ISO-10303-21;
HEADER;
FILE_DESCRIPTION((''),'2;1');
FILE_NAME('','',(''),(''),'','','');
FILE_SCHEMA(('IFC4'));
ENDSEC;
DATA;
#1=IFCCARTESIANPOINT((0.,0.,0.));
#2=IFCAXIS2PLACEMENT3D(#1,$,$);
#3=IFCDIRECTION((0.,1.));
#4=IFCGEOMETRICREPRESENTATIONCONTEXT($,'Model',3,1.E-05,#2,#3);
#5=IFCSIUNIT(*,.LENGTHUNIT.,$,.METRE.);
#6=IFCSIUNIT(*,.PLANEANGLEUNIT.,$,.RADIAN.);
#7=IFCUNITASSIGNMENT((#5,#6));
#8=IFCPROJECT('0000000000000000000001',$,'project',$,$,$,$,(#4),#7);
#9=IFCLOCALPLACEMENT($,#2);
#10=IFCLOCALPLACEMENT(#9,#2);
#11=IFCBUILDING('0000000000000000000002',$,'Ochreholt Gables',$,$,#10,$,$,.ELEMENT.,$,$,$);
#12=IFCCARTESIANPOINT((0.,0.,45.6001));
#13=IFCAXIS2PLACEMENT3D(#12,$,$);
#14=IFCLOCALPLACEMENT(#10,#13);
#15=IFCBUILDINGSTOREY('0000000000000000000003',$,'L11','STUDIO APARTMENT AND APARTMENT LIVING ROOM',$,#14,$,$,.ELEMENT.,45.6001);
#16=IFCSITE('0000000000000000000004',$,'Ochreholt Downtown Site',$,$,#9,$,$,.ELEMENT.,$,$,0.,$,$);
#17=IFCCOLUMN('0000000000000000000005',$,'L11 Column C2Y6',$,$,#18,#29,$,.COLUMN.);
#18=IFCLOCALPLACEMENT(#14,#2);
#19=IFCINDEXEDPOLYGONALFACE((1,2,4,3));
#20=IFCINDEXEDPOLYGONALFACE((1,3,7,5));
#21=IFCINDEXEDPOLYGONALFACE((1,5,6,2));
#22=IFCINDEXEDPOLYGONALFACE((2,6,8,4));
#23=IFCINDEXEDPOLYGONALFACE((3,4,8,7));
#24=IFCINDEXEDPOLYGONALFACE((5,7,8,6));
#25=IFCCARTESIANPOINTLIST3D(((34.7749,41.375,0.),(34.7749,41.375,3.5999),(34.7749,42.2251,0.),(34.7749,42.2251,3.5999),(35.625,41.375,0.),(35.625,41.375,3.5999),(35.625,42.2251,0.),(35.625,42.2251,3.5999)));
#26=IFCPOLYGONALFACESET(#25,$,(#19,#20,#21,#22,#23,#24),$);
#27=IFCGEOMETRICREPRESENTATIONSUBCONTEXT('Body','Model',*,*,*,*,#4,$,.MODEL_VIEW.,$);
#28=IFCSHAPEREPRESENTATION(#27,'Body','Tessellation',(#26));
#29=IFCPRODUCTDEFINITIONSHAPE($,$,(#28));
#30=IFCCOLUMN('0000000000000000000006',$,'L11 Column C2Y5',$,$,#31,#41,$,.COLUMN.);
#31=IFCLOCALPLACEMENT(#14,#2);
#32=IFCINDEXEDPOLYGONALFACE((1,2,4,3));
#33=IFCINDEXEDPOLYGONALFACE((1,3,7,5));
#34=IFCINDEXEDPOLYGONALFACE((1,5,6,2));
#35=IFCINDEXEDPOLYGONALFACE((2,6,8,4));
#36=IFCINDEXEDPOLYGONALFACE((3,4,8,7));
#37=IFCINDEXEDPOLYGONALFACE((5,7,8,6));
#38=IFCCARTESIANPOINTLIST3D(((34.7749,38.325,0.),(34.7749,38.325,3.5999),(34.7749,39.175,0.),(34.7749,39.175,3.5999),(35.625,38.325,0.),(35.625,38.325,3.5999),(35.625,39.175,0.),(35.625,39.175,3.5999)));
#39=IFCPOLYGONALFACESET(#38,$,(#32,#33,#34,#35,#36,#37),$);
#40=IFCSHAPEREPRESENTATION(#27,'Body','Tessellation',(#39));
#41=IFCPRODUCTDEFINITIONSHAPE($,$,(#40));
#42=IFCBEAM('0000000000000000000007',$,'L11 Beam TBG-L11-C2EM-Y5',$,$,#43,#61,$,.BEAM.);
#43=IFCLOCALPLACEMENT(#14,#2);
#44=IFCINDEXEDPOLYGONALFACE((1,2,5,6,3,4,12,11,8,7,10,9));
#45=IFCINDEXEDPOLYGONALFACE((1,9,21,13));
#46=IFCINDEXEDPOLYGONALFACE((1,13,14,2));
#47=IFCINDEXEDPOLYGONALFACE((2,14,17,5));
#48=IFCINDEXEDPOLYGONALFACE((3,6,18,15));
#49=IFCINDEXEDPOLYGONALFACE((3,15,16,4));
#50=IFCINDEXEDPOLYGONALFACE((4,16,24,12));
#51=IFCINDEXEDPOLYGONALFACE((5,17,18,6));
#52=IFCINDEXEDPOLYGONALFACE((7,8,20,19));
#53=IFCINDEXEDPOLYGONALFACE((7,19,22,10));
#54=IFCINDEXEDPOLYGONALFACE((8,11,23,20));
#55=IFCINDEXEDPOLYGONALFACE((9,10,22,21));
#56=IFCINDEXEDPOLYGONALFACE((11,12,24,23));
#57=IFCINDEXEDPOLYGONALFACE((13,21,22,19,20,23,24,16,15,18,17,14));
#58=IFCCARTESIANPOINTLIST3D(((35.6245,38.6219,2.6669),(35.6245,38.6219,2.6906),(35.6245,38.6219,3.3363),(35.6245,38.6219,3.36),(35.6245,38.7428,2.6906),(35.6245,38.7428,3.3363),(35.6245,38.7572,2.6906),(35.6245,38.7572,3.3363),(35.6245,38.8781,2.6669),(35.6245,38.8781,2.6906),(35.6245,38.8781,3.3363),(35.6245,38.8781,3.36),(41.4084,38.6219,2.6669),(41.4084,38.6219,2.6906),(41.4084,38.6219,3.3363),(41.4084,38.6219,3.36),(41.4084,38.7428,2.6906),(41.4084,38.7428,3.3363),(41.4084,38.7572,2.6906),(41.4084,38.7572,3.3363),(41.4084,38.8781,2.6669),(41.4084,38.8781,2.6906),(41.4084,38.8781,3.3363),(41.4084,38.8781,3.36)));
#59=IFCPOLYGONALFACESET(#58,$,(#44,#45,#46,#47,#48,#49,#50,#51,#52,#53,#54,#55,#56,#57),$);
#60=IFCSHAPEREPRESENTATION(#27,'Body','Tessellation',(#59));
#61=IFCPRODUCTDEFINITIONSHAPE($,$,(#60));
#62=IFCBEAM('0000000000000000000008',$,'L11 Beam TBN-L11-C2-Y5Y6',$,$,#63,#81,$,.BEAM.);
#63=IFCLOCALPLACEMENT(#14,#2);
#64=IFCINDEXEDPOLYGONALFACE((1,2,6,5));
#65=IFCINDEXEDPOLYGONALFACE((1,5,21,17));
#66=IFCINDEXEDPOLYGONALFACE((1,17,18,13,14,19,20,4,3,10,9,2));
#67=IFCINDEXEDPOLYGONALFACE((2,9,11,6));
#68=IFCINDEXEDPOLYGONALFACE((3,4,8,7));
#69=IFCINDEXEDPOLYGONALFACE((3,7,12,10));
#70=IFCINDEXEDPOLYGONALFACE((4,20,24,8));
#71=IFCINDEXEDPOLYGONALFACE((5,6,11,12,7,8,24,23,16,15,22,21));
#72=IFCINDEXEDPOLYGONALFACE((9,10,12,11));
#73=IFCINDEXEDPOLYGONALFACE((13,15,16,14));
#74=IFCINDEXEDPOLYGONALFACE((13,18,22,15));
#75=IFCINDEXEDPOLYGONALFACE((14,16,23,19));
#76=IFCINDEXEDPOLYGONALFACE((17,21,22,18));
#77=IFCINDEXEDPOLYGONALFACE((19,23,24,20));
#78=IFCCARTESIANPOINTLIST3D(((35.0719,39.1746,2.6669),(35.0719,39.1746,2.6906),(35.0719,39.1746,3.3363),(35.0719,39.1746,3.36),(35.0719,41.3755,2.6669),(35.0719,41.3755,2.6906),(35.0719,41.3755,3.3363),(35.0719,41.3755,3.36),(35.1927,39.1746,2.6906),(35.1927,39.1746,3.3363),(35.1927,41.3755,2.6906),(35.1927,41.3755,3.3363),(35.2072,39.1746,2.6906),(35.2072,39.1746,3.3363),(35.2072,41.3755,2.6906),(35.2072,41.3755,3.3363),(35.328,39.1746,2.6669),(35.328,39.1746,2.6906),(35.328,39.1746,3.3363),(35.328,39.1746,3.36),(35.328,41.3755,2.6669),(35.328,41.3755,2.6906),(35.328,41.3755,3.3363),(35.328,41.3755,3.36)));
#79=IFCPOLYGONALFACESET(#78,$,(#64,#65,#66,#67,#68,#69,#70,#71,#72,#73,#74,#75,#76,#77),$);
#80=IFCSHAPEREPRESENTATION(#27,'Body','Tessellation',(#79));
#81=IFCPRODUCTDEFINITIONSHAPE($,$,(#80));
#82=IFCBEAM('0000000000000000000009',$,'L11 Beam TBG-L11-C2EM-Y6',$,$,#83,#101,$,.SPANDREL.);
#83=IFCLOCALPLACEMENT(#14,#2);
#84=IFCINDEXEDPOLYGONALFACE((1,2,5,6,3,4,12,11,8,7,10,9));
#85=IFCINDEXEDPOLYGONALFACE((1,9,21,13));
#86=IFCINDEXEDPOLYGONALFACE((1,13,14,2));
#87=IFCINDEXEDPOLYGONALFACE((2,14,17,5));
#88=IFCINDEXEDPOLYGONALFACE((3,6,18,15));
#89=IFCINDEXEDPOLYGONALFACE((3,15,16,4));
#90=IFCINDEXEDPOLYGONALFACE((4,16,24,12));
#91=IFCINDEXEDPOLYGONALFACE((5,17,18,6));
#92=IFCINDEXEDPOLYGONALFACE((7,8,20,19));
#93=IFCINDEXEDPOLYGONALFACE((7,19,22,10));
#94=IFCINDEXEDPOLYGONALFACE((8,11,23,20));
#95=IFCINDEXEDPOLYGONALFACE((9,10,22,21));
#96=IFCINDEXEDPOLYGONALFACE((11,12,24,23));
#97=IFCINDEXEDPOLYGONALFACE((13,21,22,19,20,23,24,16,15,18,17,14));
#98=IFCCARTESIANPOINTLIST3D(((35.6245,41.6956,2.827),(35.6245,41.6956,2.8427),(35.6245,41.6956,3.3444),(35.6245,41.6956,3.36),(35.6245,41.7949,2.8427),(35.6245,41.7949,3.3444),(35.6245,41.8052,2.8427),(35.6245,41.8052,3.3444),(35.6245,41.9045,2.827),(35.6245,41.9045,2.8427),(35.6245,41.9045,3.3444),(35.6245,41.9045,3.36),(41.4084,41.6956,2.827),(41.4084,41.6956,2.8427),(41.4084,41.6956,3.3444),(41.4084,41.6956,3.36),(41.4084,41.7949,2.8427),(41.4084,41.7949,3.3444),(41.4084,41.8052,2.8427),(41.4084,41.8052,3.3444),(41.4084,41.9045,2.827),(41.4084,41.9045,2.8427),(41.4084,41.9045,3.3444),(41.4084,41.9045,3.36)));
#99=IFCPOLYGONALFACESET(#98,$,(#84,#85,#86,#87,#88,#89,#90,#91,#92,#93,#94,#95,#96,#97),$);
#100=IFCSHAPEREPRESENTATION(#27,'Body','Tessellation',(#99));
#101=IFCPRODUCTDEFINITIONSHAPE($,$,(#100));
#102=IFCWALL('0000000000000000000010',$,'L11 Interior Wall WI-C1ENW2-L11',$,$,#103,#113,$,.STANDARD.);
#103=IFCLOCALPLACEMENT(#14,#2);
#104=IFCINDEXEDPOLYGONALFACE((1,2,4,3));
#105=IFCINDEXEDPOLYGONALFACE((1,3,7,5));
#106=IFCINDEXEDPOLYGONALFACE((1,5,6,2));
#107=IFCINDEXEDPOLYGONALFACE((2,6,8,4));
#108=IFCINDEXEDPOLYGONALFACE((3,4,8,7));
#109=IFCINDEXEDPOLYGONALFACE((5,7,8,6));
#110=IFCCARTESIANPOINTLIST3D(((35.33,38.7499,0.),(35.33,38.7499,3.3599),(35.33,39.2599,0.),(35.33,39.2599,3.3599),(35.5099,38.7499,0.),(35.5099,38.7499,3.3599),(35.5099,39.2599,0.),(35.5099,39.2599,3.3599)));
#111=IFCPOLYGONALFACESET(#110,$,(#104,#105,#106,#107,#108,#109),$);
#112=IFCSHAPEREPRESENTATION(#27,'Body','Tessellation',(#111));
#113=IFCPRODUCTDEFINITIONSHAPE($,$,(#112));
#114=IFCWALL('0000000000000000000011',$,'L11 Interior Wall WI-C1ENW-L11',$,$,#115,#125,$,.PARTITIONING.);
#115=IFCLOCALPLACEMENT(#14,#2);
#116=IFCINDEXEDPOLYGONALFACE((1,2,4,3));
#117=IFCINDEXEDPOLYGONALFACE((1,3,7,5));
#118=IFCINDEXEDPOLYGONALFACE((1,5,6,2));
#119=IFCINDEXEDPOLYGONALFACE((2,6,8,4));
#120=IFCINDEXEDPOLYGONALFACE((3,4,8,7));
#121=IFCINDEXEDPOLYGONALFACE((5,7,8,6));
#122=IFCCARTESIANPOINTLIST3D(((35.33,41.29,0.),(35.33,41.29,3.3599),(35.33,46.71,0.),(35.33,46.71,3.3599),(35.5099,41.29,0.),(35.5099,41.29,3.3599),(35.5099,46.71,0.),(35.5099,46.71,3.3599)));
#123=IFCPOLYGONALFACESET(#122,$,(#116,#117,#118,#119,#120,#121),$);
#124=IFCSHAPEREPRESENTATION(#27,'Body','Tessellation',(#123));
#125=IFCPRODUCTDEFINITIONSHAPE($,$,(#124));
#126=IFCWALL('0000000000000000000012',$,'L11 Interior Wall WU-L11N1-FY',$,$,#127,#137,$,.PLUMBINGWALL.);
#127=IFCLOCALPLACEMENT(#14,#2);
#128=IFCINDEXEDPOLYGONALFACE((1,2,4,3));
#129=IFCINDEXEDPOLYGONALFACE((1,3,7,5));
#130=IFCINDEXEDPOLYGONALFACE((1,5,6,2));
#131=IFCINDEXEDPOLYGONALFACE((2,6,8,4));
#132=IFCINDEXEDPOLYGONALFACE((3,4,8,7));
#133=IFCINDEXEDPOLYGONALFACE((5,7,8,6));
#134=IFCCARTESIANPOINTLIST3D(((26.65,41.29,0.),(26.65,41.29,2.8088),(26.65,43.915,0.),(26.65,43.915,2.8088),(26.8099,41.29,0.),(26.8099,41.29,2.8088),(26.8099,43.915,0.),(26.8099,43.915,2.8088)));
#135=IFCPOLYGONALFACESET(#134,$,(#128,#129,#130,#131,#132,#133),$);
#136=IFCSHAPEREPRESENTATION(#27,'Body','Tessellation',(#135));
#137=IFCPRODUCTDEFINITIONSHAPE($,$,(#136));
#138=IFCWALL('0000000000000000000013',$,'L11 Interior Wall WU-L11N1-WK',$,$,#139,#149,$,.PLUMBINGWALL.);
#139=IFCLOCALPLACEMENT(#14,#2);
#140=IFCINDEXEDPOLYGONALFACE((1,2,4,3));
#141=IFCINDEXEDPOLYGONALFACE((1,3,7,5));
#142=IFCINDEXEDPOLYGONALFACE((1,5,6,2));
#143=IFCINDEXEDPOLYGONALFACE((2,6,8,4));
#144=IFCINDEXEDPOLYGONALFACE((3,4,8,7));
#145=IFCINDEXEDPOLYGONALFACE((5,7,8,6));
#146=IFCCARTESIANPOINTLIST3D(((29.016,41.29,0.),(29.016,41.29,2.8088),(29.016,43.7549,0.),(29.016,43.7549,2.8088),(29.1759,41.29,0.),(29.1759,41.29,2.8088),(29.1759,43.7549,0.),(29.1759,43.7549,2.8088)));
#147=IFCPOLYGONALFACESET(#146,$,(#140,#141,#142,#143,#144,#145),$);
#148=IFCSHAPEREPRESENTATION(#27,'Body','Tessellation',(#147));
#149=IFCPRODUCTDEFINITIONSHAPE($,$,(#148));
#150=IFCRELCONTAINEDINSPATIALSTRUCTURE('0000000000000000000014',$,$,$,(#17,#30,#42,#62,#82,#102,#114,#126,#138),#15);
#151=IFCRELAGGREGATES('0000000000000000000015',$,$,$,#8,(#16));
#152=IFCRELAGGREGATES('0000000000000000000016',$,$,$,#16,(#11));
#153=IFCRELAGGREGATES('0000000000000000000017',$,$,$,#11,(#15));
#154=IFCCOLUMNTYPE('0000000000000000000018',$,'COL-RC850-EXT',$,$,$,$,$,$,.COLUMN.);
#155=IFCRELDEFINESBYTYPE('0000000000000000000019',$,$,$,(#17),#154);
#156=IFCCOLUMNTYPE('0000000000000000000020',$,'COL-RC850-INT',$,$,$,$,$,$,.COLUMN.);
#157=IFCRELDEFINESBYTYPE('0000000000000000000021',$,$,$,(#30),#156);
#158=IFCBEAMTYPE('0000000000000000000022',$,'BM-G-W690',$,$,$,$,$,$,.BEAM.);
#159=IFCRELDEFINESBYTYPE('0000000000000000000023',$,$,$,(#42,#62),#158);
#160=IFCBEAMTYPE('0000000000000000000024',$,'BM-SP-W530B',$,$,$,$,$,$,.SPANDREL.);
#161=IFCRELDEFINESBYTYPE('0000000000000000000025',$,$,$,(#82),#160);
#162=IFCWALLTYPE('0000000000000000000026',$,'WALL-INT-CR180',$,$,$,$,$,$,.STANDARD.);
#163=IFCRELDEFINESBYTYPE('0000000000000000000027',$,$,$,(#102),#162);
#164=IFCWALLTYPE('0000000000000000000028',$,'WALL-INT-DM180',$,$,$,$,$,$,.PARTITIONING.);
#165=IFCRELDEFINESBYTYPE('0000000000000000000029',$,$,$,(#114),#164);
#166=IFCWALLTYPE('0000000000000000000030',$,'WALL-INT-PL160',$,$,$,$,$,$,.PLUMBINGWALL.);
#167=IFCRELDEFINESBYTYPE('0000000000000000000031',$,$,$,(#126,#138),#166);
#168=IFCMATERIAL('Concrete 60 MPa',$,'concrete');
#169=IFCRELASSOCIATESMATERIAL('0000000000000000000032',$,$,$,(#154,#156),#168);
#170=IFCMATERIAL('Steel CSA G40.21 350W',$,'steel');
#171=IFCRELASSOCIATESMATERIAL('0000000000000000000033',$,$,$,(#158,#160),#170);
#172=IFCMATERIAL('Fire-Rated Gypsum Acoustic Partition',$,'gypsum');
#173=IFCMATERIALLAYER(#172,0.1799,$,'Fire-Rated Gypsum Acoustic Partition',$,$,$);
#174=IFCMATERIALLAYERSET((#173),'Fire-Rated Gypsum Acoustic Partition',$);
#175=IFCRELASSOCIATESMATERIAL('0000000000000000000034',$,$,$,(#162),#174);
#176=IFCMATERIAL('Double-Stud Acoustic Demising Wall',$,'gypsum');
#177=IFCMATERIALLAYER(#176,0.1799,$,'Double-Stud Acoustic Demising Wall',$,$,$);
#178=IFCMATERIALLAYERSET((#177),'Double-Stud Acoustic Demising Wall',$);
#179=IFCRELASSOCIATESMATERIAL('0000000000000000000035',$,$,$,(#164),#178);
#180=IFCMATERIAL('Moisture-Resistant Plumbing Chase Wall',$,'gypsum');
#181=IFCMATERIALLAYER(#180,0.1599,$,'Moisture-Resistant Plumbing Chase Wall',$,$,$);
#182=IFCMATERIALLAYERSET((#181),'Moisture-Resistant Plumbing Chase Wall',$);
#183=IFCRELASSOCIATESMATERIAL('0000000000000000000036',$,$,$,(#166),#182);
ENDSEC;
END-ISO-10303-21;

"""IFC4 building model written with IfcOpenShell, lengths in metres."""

from ifc_helpers import new_model, si_unit, direction, frame, frame_2d, origin, origin_2d, place, context, subcontext, project, spatial, rectangle, i_section, extrude, material, layer, layer_set, material_profile, profile_set, type_object, element, save


model = new_model("IFC4")

# Units and contexts
model_context = context("Model", 3, precision=1e-05, world=origin(), true_north=direction((0.0, 1.0)))
body_context = subcontext(model_context, "Body", "Model", "MODEL_VIEW")
ifc_project = project(units=[si_unit("LENGTHUNIT", "METRE"), si_unit("PLANEANGLEUNIT", "RADIAN")], contexts=[model_context])

# Site, building, storey
site_placement = place(None, origin())
site = spatial("IfcSite", under=ifc_project, at=site_placement, Name="Ochreholt Downtown Site", CompositionType="ELEMENT", RefElevation=0.0)
building_placement = place(site_placement, origin())
building = spatial("IfcBuilding", under=site, at=building_placement, Name="Ochreholt Gables", CompositionType="ELEMENT")
storey_placement = place(building_placement, frame((0.0, 0.0, 45.6001)))
storey = spatial("IfcBuildingStorey", under=building, at=storey_placement, Name="L11", Description="STUDIO APARTMENT AND APARTMENT LIVING ROOM", CompositionType="ELEMENT", Elevation=45.6001)

# Columns
ifc_material_1 = material(Name="Concrete 60 MPa", Category="concrete")
ifc_material_profile_1 = material_profile(ifc_material_1, rectangle(XDim=0.8501, YDim=0.8501, at=origin_2d()), Name="RC850X850")
ifc_profile_set_1 = profile_set([ifc_material_profile_1], Name="Concrete 60 MPa")
column_type_1 = type_object("IfcColumnType", Name="COL-RC850-EXT", PredefinedType="COLUMN", material=ifc_profile_set_1)
column_1_placement = place(storey_placement, frame((35.2, 41.8, 0.0), z_axis=(0.0, 0.0, 1.0), x_axis=(1.0, 0.0, 0.0)))
element("IfcColumn", 1, at=column_1_placement, inside=storey, type_object=column_type_1, Name="L11 Column C2Y6", PredefinedType="COLUMN", context=body_context, shape_type="SweptSolid", body=[
    extrude(rectangle(XDim=0.8501, YDim=0.8501, at=origin_2d()), origin(), (0.0, 0.0, 1.0), 3.5999),
])
ifc_material_profile_2 = material_profile(ifc_material_1, rectangle(XDim=0.8501, YDim=0.8501, at=origin_2d()), Name="RC850X850")
ifc_profile_set_2 = profile_set([ifc_material_profile_2], Name="Concrete 60 MPa")
column_type_2 = type_object("IfcColumnType", Name="COL-RC850-INT", PredefinedType="COLUMN", material=ifc_profile_set_2)
column_2_placement = place(storey_placement, frame((35.2, 38.75, 0.0), z_axis=(0.0, 0.0, 1.0), x_axis=(1.0, 0.0, 0.0)))
element("IfcColumn", 2, at=column_2_placement, inside=storey, type_object=column_type_2, Name="L11 Column C2Y5", PredefinedType="COLUMN", context=body_context, shape_type="SweptSolid", body=[
    extrude(rectangle(XDim=0.8501, YDim=0.8501, at=origin_2d()), origin(), (0.0, 0.0, 1.0), 3.5999),
])

# Beams
ifc_material_2 = material(Name="Steel CSA G40.21 350W", Category="steel")
ifc_material_profile_3 = material_profile(ifc_material_2, i_section(OverallWidth=0.2561, OverallDepth=0.6931, WebThickness=0.0144, FlangeThickness=0.0237, at=origin_2d()), Name="W690X170")
ifc_profile_set_3 = profile_set([ifc_material_profile_3], Name="Steel CSA G40.21 350W")
beam_type_1 = type_object("IfcBeamType", Name="BM-G-W690", PredefinedType="BEAM", material=ifc_profile_set_3)
beam_1_placement = place(storey_placement, frame((35.6245, 38.75, 3.0134), z_axis=(1.0, 0.0, 0.0), x_axis=(0.0, 1.0, 0.0)))
element("IfcBeam", 3, at=beam_1_placement, inside=storey, type_object=beam_type_1, Name="L11 Beam TBG-L11-C2EM-Y5", PredefinedType="BEAM", context=body_context, shape_type="SweptSolid", body=[
    extrude(i_section(OverallWidth=0.2561, OverallDepth=0.6931, WebThickness=0.0144, FlangeThickness=0.0237, at=origin_2d()), origin(), (0.0, 0.0, 1.0), 5.7839),
])
beam_2_placement = place(storey_placement, frame((35.2, 39.1746, 3.0134), z_axis=(0.0, 1.0, 0.0), x_axis=(-1.0, 0.0, 0.0)))
element("IfcBeam", 4, at=beam_2_placement, inside=storey, type_object=beam_type_1, Name="L11 Beam TBN-L11-C2-Y5Y6", PredefinedType="BEAM", context=body_context, shape_type="SweptSolid", body=[
    extrude(i_section(OverallWidth=0.2561, OverallDepth=0.6931, WebThickness=0.0144, FlangeThickness=0.0237, at=origin_2d()), origin(), (0.0, 0.0, 1.0), 2.2009),
])
ifc_material_profile_4 = material_profile(ifc_material_2, i_section(OverallWidth=0.209, OverallDepth=0.533, WebThickness=0.0103, FlangeThickness=0.0156, at=origin_2d()), Name="W530X92")
ifc_profile_set_4 = profile_set([ifc_material_profile_4], Name="Steel CSA G40.21 350W")
beam_type_2 = type_object("IfcBeamType", Name="BM-SP-W530B", PredefinedType="SPANDREL", material=ifc_profile_set_4)
beam_3_placement = place(storey_placement, frame((35.6245, 41.8, 3.0935), z_axis=(1.0, 0.0, 0.0), x_axis=(0.0, 1.0, 0.0)))
element("IfcBeam", 5, at=beam_3_placement, inside=storey, type_object=beam_type_2, Name="L11 Beam TBG-L11-C2EM-Y6", PredefinedType="SPANDREL", context=body_context, shape_type="SweptSolid", body=[
    extrude(i_section(OverallWidth=0.209, OverallDepth=0.533, WebThickness=0.0103, FlangeThickness=0.0156, at=origin_2d()), origin(), (0.0, 0.0, 1.0), 5.7839),
])

# Walls
ifc_material_3 = material(Name="Fire-Rated Gypsum Acoustic Partition", Category="gypsum")
ifc_layer_1 = layer(ifc_material_3, 0.1799, Name="Fire-Rated Gypsum Acoustic Partition")
ifc_layer_set_1 = layer_set([ifc_layer_1], Name="Fire-Rated Gypsum Acoustic Partition")
wall_type_1 = type_object("IfcWallType", Name="WALL-INT-CR180", PredefinedType="STANDARD", material=ifc_layer_set_1)
wall_1_placement = place(storey_placement, frame((35.4199, 38.75, 0.0), z_axis=(0.0, 0.0, 1.0), x_axis=(0.0, 1.0, 0.0)))
element("IfcWall", 6, at=wall_1_placement, inside=storey, type_object=wall_type_1, Name="L11 Interior Wall WI-C1ENW2-L11", PredefinedType="STANDARD", context=body_context, shape_type="SweptSolid", body=[
    extrude(rectangle(XDim=0.51, YDim=0.1799, at=frame_2d((0.2549, 0.0))), origin(), (0.0, 0.0, 1.0), 3.3599),
])
ifc_material_4 = material(Name="Double-Stud Acoustic Demising Wall", Category="gypsum")
ifc_layer_2 = layer(ifc_material_4, 0.1799, Name="Double-Stud Acoustic Demising Wall")
ifc_layer_set_2 = layer_set([ifc_layer_2], Name="Double-Stud Acoustic Demising Wall")
wall_type_2 = type_object("IfcWallType", Name="WALL-INT-DM180", PredefinedType="PARTITIONING", material=ifc_layer_set_2)
wall_2_placement = place(storey_placement, frame((35.4199, 41.29, 0.0), z_axis=(0.0, 0.0, 1.0), x_axis=(0.0, 1.0, 0.0)))
element("IfcWall", 7, at=wall_2_placement, inside=storey, type_object=wall_type_2, Name="L11 Interior Wall WI-C1ENW-L11", PredefinedType="PARTITIONING", context=body_context, shape_type="SweptSolid", body=[
    extrude(rectangle(XDim=5.4199, YDim=0.1799, at=frame_2d((2.71, 0.0))), origin(), (0.0, 0.0, 1.0), 3.3599),
])

# Shared definitions
ifc_material_5 = material(Name="Moisture-Resistant Plumbing Chase Wall", Category="gypsum")
ifc_layer_3 = layer(ifc_material_5, 0.1599, Name="Moisture-Resistant Plumbing Chase Wall")
ifc_layer_set_3 = layer_set([ifc_layer_3], Name="Moisture-Resistant Plumbing Chase Wall")
wall_type_3 = type_object("IfcWallType", Name="WALL-INT-PL160", PredefinedType="PLUMBINGWALL", material=ifc_layer_set_3)

# Walls
wall_3_placement = place(storey_placement, frame((26.73, 41.29, 0.0), z_axis=(0.0, 0.0, 1.0), x_axis=(0.0, 1.0, 0.0)))
element("IfcWall", 8, at=wall_3_placement, inside=storey, type_object=wall_type_3, Name="L11 Interior Wall WU-L11N1-FY", PredefinedType="PLUMBINGWALL", context=body_context, shape_type="SweptSolid", body=[
    extrude(rectangle(XDim=2.625, YDim=0.1599, at=frame_2d((1.3125, 0.0))), origin(), (0.0, 0.0, 1.0), 2.8088),
])
wall_4_placement = place(storey_placement, frame((29.0959, 41.29, 0.0), z_axis=(0.0, 0.0, 1.0), x_axis=(0.0, 1.0, 0.0)))
element("IfcWall", 9, at=wall_4_placement, inside=storey, type_object=wall_type_3, Name="L11 Interior Wall WU-L11N1-WK", PredefinedType="PLUMBINGWALL", context=body_context, shape_type="SweptSolid", body=[
    extrude(rectangle(XDim=2.4648, YDim=0.1599, at=frame_2d((1.2324, 0.0))), origin(), (0.0, 0.0, 1.0), 2.8088),
])

save(model, "model.ifc")
